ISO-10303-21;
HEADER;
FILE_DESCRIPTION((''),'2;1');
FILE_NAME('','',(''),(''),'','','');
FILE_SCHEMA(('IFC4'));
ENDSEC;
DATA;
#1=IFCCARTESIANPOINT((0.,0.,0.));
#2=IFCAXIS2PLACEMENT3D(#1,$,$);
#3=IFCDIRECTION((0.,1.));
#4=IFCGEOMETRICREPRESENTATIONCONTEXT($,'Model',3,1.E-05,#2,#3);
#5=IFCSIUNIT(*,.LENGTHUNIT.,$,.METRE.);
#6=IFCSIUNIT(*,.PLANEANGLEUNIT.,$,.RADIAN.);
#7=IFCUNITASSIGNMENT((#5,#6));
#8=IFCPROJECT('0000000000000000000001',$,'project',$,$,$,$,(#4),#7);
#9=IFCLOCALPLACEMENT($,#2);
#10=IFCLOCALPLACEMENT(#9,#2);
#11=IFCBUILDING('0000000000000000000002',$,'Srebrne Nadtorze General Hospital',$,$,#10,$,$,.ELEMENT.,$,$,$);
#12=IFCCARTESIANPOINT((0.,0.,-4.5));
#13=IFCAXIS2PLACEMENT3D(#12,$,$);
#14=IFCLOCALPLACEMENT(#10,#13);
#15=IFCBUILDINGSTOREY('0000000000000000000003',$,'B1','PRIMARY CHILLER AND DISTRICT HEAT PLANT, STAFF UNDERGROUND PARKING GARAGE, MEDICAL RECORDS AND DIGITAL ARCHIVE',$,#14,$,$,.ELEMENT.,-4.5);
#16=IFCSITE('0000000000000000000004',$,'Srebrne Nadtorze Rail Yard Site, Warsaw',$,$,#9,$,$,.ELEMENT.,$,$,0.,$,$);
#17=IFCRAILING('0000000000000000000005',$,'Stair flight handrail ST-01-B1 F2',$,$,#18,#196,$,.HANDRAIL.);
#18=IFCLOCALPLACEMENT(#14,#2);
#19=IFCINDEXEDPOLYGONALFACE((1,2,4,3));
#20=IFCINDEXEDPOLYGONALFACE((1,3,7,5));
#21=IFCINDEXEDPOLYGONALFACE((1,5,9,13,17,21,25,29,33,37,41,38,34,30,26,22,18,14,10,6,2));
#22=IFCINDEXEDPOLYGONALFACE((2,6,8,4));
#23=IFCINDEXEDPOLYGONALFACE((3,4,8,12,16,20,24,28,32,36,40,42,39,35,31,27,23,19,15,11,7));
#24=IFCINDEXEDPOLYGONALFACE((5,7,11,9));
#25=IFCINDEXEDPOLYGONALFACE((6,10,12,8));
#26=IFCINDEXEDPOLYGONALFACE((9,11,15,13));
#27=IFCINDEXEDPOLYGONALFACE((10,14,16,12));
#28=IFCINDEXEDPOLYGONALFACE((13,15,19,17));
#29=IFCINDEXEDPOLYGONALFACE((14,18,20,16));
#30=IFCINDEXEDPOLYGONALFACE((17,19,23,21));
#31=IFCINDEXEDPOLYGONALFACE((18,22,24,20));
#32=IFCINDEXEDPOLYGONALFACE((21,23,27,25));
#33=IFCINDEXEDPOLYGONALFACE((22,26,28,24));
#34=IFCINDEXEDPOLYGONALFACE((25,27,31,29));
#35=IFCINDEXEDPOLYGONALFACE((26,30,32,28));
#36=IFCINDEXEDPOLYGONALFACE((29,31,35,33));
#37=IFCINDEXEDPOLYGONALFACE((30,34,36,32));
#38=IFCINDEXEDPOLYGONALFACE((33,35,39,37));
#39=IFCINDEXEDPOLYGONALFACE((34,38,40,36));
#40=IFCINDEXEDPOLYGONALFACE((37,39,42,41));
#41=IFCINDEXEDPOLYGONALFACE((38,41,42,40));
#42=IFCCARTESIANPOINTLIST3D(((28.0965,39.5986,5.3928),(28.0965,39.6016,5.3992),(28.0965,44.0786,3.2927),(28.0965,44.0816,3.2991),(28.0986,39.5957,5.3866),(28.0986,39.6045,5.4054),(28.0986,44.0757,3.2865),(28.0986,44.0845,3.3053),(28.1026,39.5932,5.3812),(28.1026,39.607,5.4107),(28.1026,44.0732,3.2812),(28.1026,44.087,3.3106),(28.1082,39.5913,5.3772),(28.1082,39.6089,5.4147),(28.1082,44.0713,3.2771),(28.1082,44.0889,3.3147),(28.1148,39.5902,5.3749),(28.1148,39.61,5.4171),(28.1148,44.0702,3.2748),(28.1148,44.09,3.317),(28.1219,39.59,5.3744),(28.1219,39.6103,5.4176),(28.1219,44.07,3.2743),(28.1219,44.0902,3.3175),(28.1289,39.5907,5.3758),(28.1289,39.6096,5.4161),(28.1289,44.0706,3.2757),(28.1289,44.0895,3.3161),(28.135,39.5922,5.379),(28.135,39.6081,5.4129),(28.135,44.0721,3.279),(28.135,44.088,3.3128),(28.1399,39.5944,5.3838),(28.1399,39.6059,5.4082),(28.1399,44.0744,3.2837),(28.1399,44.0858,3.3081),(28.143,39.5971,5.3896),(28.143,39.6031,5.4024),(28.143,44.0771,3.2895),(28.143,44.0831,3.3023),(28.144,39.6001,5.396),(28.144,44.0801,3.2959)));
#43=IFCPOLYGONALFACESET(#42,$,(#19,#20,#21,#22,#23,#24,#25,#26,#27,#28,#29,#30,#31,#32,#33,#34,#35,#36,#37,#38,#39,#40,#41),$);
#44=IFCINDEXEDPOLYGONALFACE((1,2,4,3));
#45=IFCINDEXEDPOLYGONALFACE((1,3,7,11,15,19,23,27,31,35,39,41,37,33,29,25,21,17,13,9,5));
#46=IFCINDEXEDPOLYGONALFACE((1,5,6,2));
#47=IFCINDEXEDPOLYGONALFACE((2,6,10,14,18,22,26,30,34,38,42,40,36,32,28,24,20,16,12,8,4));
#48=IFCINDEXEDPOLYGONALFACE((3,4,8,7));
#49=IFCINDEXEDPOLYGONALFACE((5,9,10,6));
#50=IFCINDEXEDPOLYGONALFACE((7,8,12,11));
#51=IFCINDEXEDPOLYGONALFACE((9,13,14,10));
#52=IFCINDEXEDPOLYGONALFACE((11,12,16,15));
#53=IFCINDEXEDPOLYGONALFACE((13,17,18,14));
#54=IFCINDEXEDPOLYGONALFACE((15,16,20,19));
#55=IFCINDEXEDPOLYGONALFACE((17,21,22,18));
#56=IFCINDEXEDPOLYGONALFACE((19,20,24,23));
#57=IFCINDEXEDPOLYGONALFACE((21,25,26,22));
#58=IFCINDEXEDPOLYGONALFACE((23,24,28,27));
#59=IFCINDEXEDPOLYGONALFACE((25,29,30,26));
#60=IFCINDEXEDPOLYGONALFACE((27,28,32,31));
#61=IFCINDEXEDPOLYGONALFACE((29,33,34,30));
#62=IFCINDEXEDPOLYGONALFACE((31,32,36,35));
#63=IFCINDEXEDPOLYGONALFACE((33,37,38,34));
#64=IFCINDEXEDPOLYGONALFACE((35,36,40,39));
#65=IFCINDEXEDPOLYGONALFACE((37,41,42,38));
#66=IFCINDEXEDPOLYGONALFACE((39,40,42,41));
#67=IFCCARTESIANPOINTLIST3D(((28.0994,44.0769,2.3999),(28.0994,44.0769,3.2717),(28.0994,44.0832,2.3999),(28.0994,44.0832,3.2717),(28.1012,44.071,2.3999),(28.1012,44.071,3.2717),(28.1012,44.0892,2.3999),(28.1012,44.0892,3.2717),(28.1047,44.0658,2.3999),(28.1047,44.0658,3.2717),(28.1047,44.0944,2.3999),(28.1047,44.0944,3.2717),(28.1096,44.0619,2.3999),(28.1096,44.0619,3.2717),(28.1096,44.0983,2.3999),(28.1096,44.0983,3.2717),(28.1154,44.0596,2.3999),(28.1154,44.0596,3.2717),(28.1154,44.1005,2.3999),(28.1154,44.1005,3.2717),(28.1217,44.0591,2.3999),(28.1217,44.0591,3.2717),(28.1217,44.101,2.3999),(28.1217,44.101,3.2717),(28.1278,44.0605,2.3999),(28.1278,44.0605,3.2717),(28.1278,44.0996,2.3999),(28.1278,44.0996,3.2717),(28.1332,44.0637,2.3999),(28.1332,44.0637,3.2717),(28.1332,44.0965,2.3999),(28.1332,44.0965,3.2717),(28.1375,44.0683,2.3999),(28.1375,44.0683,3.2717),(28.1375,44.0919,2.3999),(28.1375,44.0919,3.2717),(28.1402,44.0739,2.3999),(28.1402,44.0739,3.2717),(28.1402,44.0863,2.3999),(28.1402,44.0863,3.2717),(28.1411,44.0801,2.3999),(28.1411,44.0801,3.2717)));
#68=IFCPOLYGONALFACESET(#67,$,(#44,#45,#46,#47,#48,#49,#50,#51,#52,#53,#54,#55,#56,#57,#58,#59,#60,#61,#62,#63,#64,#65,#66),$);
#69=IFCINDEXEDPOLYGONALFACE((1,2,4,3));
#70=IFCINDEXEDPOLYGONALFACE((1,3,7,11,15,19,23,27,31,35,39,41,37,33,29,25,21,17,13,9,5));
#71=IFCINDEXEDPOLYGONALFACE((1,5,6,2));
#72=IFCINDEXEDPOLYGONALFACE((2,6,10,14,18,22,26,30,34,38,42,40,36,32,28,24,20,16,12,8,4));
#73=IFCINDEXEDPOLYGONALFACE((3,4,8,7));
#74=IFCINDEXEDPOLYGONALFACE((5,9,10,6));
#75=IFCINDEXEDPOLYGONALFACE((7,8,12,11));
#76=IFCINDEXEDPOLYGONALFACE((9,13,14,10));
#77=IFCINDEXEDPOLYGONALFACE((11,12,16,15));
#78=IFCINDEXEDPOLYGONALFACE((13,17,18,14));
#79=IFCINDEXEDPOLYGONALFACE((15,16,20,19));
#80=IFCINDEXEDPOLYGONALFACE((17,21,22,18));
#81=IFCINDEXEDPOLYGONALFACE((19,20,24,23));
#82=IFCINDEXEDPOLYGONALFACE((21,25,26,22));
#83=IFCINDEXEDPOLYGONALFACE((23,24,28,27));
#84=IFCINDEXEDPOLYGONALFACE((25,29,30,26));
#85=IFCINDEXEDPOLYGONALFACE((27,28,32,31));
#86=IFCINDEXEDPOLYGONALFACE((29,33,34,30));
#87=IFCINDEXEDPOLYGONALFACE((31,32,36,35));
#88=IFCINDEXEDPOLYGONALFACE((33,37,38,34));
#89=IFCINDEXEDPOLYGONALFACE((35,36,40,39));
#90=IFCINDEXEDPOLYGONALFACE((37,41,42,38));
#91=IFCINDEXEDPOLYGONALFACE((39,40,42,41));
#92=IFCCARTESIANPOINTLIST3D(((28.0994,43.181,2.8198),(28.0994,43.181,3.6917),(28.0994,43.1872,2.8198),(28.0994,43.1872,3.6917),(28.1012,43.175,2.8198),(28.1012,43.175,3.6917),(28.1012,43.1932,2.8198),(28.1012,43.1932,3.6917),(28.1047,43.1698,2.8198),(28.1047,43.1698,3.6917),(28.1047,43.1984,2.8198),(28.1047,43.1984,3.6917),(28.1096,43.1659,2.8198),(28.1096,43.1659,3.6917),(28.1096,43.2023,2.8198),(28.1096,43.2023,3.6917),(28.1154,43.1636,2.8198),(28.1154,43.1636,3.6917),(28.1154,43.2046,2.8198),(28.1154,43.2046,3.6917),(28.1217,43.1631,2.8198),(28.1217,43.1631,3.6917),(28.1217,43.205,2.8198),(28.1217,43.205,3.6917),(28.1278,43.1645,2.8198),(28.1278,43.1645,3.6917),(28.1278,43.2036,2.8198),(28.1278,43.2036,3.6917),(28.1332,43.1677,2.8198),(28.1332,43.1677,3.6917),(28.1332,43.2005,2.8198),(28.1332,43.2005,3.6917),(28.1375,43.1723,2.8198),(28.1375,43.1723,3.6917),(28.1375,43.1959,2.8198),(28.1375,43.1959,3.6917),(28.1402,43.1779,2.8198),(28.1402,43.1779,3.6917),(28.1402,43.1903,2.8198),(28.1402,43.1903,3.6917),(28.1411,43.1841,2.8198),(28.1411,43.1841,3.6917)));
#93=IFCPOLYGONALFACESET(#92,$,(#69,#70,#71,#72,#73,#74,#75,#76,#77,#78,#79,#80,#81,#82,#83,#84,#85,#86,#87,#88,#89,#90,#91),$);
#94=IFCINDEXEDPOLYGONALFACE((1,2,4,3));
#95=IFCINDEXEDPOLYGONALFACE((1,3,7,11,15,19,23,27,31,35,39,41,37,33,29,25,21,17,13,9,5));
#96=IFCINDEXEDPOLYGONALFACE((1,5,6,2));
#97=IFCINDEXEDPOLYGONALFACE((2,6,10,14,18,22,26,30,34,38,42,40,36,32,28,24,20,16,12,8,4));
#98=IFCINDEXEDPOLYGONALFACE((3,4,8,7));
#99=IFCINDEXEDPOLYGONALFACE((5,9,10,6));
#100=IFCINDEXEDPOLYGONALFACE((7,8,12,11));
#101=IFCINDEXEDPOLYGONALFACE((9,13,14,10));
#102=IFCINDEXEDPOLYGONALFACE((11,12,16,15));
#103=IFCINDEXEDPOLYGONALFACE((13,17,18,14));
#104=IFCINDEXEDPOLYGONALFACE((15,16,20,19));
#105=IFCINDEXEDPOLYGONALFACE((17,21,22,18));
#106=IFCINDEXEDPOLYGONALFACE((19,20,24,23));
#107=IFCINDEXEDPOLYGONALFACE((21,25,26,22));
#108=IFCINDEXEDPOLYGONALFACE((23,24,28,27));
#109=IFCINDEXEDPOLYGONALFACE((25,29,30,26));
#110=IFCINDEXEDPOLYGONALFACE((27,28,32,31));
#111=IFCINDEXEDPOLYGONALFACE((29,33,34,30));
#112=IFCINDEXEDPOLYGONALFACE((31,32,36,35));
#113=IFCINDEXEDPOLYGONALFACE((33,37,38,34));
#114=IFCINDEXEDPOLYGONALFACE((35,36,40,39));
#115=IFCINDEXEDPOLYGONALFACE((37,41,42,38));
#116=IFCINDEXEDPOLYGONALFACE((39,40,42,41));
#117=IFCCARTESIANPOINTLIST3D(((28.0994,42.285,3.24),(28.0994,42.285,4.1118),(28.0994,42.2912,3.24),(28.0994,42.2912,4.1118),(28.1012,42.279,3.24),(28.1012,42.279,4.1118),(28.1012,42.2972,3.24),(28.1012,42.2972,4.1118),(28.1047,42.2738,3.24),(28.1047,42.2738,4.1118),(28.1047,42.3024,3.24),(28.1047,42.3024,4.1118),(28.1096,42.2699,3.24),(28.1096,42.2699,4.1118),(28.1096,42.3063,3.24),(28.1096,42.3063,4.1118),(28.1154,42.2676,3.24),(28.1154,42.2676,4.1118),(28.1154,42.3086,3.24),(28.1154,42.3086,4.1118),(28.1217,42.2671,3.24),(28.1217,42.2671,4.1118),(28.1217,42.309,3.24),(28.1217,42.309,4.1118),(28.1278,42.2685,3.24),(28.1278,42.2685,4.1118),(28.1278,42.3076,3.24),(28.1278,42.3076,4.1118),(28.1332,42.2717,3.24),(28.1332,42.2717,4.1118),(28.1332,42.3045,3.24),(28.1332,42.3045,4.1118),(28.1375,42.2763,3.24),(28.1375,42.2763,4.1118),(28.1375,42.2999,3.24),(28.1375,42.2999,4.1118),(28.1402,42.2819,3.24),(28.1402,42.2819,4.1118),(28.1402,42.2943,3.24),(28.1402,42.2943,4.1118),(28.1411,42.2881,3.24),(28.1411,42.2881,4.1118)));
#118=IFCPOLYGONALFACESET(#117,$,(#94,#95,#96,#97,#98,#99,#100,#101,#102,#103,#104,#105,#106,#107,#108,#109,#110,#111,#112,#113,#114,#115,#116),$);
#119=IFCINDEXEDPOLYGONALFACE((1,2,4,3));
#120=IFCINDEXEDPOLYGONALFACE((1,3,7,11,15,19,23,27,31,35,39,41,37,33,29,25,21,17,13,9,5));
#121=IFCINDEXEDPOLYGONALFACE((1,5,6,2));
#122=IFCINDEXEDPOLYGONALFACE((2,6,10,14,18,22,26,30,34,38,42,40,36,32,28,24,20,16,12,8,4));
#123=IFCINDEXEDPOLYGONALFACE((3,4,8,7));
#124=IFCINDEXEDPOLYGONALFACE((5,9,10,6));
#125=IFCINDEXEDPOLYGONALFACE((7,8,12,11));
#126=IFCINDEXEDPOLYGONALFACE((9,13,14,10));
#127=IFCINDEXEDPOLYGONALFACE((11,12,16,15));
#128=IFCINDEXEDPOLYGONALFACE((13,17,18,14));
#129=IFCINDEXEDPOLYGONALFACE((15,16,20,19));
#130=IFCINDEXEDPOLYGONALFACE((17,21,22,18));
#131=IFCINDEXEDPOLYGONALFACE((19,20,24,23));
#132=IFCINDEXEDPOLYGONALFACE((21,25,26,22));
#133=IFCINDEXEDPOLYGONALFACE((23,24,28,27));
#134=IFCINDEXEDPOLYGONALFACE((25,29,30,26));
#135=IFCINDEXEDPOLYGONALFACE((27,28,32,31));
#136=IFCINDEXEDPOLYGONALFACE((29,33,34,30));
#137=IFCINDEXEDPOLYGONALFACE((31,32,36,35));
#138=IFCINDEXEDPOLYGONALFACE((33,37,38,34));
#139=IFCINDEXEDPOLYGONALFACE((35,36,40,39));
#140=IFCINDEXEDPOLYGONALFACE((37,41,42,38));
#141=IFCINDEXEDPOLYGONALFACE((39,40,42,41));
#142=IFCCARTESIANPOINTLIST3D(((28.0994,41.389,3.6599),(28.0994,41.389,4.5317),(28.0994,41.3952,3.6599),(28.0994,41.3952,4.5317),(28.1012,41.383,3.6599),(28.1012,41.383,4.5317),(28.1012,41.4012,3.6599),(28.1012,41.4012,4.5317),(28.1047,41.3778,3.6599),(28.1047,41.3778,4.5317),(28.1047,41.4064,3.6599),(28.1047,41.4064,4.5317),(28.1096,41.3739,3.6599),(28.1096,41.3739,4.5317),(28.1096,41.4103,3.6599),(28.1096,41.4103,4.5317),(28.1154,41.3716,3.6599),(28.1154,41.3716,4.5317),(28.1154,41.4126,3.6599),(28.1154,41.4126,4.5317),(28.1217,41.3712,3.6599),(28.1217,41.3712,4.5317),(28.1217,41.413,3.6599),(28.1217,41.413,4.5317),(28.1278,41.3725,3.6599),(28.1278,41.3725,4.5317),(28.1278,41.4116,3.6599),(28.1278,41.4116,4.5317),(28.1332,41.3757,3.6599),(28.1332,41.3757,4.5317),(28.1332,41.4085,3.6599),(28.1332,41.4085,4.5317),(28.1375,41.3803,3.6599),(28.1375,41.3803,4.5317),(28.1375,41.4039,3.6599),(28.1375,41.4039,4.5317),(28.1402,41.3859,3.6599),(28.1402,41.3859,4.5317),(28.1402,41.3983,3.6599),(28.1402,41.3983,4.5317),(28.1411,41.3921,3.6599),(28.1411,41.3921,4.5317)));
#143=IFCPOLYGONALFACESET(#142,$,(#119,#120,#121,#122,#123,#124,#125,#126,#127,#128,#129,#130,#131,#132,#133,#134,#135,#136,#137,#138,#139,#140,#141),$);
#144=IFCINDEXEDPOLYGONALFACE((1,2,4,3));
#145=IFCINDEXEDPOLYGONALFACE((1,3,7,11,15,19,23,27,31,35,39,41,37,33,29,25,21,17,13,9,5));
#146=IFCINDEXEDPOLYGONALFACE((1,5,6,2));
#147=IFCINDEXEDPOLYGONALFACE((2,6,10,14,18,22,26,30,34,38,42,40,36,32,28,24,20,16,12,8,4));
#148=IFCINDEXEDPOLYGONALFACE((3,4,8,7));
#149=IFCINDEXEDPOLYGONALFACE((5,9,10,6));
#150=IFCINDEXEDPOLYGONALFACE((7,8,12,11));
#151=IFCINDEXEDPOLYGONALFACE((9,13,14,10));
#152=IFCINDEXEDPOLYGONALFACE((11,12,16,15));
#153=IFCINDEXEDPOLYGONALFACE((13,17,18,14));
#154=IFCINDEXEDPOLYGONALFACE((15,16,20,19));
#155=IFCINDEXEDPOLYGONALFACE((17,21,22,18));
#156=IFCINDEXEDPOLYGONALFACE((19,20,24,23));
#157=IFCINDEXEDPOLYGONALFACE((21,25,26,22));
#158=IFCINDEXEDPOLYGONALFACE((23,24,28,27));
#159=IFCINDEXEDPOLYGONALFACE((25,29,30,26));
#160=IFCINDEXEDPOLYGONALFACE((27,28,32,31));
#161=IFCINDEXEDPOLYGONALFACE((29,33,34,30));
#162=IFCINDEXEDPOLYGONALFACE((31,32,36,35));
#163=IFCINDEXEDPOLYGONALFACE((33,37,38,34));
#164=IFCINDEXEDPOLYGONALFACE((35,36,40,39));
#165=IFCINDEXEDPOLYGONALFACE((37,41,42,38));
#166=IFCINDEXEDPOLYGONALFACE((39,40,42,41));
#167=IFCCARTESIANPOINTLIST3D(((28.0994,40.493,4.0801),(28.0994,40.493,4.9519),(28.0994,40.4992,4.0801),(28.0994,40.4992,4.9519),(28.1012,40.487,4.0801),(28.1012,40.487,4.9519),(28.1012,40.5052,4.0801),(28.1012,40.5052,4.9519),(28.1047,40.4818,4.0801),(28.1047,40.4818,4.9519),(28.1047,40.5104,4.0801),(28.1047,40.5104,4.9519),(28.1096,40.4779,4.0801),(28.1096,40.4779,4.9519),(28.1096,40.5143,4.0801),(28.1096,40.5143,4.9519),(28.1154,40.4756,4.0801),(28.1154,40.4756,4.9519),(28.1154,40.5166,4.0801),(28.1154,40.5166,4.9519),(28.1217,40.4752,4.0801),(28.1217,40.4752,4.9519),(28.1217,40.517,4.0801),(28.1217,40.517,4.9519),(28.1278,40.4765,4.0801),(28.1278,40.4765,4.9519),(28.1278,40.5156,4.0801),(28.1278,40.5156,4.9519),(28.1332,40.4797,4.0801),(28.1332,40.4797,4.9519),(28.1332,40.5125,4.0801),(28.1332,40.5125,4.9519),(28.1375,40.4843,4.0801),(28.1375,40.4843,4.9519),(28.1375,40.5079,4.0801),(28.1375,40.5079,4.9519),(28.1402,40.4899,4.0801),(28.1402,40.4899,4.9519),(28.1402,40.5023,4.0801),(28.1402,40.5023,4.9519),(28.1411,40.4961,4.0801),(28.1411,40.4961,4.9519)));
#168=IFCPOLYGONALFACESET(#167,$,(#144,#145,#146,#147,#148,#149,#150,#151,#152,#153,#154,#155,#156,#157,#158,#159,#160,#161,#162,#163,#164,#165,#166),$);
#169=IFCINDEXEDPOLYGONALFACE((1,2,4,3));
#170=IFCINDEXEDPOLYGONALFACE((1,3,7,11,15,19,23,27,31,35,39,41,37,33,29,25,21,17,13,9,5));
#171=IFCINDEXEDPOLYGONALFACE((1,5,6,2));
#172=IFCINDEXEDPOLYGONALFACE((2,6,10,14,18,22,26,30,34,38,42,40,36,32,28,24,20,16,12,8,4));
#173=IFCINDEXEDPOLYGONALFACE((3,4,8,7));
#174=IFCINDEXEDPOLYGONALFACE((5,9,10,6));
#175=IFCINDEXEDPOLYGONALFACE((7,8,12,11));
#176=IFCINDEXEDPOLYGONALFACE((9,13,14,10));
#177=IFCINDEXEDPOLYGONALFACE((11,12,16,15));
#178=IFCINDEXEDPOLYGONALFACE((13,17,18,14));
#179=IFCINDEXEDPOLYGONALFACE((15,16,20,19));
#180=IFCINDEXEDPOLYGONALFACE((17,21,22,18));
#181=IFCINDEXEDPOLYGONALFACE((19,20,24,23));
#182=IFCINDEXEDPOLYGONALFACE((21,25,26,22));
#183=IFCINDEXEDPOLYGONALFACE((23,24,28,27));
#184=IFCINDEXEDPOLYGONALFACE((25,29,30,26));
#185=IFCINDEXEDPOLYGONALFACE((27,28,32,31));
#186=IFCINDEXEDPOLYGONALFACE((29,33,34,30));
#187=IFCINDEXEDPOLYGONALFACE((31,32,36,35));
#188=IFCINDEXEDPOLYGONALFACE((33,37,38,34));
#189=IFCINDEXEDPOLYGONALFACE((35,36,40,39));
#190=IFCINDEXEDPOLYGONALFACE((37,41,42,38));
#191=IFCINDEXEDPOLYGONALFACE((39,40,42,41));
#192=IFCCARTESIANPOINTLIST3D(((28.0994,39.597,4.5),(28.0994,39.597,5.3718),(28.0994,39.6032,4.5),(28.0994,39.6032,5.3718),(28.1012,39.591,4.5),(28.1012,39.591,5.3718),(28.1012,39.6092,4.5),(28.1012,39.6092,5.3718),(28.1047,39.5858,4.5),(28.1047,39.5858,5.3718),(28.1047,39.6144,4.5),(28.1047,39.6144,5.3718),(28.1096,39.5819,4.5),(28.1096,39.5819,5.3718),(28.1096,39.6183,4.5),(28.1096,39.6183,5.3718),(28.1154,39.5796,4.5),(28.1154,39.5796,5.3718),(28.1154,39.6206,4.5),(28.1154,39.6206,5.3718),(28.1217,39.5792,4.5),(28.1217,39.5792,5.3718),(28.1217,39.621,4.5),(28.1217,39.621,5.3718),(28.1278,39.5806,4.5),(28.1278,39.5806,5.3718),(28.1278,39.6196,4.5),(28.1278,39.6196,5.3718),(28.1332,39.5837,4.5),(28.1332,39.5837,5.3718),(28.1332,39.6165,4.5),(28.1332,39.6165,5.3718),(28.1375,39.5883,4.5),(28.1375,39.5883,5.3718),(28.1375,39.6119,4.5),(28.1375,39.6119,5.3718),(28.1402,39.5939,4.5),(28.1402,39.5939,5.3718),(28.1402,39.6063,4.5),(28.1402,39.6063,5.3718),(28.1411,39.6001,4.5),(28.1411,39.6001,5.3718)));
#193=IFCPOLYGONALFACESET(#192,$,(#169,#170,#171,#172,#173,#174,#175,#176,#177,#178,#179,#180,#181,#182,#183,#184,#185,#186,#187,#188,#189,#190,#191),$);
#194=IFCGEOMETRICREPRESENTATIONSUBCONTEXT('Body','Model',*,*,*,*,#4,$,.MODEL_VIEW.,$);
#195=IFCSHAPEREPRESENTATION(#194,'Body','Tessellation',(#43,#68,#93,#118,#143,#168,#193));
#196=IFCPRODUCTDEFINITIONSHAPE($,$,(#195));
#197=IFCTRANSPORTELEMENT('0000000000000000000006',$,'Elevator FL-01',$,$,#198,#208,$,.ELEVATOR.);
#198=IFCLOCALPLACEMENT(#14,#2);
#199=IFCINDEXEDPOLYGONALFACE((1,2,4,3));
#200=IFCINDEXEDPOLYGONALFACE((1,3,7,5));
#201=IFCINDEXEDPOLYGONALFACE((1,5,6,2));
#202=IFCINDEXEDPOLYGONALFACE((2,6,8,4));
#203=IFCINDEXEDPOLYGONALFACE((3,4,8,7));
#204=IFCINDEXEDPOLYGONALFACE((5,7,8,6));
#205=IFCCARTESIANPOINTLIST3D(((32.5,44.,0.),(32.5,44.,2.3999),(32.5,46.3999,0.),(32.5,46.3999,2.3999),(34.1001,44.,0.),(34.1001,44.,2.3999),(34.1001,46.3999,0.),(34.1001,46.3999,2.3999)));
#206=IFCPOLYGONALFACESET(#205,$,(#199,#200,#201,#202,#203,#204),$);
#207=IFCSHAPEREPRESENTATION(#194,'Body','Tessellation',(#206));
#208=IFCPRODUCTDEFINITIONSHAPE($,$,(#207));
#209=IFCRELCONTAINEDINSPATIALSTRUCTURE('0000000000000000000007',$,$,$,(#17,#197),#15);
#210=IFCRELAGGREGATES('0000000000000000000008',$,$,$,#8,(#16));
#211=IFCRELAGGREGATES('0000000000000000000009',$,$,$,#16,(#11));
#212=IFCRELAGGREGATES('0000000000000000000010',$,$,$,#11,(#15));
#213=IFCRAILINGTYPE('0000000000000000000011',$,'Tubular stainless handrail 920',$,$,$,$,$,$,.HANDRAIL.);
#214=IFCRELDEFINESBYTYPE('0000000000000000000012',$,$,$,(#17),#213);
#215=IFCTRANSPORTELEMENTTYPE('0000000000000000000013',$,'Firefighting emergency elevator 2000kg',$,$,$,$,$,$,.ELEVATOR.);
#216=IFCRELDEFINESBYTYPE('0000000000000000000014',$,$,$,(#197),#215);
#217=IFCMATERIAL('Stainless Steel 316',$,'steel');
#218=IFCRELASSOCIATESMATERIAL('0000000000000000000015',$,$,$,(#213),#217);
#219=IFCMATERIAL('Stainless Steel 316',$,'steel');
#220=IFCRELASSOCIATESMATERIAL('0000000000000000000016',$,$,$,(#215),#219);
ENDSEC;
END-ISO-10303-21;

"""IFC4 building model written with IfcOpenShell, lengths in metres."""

from ifc_helpers import new_model, si_unit, direction, frame, origin, origin_2d, place, context, subcontext, project, spatial, rectangle, circle, extrude, material, type_object, element, save


model = new_model("IFC4")

# Units and contexts
model_context = context("Model", 3, precision=1e-05, world=origin(), true_north=direction((0.0, 1.0)))
body_context = subcontext(model_context, "Body", "Model", "MODEL_VIEW")
ifc_project = project(units=[si_unit("LENGTHUNIT", "METRE"), si_unit("PLANEANGLEUNIT", "RADIAN")], contexts=[model_context])

# Site, building, storey
site_placement = place(None, origin())
site = spatial("IfcSite", under=ifc_project, at=site_placement, Name="Srebrne Nadtorze Rail Yard Site, Warsaw", CompositionType="ELEMENT", RefElevation=0.0)
building_placement = place(site_placement, origin())
building = spatial("IfcBuilding", under=site, at=building_placement, Name="Srebrne Nadtorze General Hospital", CompositionType="ELEMENT")
storey_placement = place(building_placement, frame((0.0, 0.0, -4.5)))
storey = spatial("IfcBuildingStorey", under=building, at=storey_placement, Name="B1", Description="PRIMARY CHILLER AND DISTRICT HEAT PLANT, STAFF UNDERGROUND PARKING GARAGE, MEDICAL RECORDS AND DIGITAL ARCHIVE", CompositionType="ELEMENT", Elevation=-4.5)

# Railing
ifc_material_1 = material(Name="Stainless Steel 316", Category="steel")
railing_type_1 = type_object("IfcRailingType", Name="Tubular stainless handrail 920", PredefinedType="HANDRAIL", material=ifc_material_1)
railing_1_placement = place(storey_placement, frame((28.1201, 44.0801, 2.3999)))
element("IfcRailing", 1, at=railing_1_placement, inside=storey, type_object=railing_type_1, Name="Stair flight handrail ST-01-B1 F2", PredefinedType="HANDRAIL", context=body_context, shape_type="SweptSolid", body=[
    extrude(circle(Radius=0.0239, at=origin_2d()), frame((0.0, 0.0, 0.896), z_axis=(0.0, -0.905451, 0.424452), x_axis=(1.0, 0.0, 0.0)), (0.0, 0.0, 1.0), 4.9478),
    extrude(circle(Radius=0.021, at=origin_2d()), origin(), (0.0, 0.0, 1.0), 0.8718),
    extrude(circle(Radius=0.021, at=origin_2d()), frame((0.0, -0.896, 0.4199)), (0.0, 0.0, 1.0), 0.8718),
    extrude(circle(Radius=0.021, at=origin_2d()), frame((0.0, -1.792, 0.8401)), (0.0, 0.0, 1.0), 0.8718),
    extrude(circle(Radius=0.021, at=origin_2d()), frame((0.0, -2.688, 1.26)), (0.0, 0.0, 1.0), 0.8718),
    extrude(circle(Radius=0.021, at=origin_2d()), frame((0.0, -3.584, 1.6802)), (0.0, 0.0, 1.0), 0.8718),
    extrude(circle(Radius=0.021, at=origin_2d()), frame((0.0, -4.48, 2.1001)), (0.0, 0.0, 1.0), 0.8718),
])

# Transport element
ifc_material_2 = material(Name="Stainless Steel 316", Category="steel")
transport_element_type_1 = type_object("IfcTransportElementType", Name="Firefighting emergency elevator 2000kg", PredefinedType="ELEVATOR", material=ifc_material_2)
transport_element_1_placement = place(storey_placement, frame((33.3, 45.2, 0.0), z_axis=(0.0, 0.0, 1.0), x_axis=(1.0, 0.0, 0.0)))
element("IfcTransportElement", 2, at=transport_element_1_placement, inside=storey, type_object=transport_element_type_1, Name="Elevator FL-01", PredefinedType="ELEVATOR", context=body_context, shape_type="SweptSolid", body=[
    extrude(rectangle(XDim=1.6001, YDim=2.3999, at=origin_2d()), origin(), (0.0, 0.0, 1.0), 2.3999),
])

save(model, "model.ifc")
